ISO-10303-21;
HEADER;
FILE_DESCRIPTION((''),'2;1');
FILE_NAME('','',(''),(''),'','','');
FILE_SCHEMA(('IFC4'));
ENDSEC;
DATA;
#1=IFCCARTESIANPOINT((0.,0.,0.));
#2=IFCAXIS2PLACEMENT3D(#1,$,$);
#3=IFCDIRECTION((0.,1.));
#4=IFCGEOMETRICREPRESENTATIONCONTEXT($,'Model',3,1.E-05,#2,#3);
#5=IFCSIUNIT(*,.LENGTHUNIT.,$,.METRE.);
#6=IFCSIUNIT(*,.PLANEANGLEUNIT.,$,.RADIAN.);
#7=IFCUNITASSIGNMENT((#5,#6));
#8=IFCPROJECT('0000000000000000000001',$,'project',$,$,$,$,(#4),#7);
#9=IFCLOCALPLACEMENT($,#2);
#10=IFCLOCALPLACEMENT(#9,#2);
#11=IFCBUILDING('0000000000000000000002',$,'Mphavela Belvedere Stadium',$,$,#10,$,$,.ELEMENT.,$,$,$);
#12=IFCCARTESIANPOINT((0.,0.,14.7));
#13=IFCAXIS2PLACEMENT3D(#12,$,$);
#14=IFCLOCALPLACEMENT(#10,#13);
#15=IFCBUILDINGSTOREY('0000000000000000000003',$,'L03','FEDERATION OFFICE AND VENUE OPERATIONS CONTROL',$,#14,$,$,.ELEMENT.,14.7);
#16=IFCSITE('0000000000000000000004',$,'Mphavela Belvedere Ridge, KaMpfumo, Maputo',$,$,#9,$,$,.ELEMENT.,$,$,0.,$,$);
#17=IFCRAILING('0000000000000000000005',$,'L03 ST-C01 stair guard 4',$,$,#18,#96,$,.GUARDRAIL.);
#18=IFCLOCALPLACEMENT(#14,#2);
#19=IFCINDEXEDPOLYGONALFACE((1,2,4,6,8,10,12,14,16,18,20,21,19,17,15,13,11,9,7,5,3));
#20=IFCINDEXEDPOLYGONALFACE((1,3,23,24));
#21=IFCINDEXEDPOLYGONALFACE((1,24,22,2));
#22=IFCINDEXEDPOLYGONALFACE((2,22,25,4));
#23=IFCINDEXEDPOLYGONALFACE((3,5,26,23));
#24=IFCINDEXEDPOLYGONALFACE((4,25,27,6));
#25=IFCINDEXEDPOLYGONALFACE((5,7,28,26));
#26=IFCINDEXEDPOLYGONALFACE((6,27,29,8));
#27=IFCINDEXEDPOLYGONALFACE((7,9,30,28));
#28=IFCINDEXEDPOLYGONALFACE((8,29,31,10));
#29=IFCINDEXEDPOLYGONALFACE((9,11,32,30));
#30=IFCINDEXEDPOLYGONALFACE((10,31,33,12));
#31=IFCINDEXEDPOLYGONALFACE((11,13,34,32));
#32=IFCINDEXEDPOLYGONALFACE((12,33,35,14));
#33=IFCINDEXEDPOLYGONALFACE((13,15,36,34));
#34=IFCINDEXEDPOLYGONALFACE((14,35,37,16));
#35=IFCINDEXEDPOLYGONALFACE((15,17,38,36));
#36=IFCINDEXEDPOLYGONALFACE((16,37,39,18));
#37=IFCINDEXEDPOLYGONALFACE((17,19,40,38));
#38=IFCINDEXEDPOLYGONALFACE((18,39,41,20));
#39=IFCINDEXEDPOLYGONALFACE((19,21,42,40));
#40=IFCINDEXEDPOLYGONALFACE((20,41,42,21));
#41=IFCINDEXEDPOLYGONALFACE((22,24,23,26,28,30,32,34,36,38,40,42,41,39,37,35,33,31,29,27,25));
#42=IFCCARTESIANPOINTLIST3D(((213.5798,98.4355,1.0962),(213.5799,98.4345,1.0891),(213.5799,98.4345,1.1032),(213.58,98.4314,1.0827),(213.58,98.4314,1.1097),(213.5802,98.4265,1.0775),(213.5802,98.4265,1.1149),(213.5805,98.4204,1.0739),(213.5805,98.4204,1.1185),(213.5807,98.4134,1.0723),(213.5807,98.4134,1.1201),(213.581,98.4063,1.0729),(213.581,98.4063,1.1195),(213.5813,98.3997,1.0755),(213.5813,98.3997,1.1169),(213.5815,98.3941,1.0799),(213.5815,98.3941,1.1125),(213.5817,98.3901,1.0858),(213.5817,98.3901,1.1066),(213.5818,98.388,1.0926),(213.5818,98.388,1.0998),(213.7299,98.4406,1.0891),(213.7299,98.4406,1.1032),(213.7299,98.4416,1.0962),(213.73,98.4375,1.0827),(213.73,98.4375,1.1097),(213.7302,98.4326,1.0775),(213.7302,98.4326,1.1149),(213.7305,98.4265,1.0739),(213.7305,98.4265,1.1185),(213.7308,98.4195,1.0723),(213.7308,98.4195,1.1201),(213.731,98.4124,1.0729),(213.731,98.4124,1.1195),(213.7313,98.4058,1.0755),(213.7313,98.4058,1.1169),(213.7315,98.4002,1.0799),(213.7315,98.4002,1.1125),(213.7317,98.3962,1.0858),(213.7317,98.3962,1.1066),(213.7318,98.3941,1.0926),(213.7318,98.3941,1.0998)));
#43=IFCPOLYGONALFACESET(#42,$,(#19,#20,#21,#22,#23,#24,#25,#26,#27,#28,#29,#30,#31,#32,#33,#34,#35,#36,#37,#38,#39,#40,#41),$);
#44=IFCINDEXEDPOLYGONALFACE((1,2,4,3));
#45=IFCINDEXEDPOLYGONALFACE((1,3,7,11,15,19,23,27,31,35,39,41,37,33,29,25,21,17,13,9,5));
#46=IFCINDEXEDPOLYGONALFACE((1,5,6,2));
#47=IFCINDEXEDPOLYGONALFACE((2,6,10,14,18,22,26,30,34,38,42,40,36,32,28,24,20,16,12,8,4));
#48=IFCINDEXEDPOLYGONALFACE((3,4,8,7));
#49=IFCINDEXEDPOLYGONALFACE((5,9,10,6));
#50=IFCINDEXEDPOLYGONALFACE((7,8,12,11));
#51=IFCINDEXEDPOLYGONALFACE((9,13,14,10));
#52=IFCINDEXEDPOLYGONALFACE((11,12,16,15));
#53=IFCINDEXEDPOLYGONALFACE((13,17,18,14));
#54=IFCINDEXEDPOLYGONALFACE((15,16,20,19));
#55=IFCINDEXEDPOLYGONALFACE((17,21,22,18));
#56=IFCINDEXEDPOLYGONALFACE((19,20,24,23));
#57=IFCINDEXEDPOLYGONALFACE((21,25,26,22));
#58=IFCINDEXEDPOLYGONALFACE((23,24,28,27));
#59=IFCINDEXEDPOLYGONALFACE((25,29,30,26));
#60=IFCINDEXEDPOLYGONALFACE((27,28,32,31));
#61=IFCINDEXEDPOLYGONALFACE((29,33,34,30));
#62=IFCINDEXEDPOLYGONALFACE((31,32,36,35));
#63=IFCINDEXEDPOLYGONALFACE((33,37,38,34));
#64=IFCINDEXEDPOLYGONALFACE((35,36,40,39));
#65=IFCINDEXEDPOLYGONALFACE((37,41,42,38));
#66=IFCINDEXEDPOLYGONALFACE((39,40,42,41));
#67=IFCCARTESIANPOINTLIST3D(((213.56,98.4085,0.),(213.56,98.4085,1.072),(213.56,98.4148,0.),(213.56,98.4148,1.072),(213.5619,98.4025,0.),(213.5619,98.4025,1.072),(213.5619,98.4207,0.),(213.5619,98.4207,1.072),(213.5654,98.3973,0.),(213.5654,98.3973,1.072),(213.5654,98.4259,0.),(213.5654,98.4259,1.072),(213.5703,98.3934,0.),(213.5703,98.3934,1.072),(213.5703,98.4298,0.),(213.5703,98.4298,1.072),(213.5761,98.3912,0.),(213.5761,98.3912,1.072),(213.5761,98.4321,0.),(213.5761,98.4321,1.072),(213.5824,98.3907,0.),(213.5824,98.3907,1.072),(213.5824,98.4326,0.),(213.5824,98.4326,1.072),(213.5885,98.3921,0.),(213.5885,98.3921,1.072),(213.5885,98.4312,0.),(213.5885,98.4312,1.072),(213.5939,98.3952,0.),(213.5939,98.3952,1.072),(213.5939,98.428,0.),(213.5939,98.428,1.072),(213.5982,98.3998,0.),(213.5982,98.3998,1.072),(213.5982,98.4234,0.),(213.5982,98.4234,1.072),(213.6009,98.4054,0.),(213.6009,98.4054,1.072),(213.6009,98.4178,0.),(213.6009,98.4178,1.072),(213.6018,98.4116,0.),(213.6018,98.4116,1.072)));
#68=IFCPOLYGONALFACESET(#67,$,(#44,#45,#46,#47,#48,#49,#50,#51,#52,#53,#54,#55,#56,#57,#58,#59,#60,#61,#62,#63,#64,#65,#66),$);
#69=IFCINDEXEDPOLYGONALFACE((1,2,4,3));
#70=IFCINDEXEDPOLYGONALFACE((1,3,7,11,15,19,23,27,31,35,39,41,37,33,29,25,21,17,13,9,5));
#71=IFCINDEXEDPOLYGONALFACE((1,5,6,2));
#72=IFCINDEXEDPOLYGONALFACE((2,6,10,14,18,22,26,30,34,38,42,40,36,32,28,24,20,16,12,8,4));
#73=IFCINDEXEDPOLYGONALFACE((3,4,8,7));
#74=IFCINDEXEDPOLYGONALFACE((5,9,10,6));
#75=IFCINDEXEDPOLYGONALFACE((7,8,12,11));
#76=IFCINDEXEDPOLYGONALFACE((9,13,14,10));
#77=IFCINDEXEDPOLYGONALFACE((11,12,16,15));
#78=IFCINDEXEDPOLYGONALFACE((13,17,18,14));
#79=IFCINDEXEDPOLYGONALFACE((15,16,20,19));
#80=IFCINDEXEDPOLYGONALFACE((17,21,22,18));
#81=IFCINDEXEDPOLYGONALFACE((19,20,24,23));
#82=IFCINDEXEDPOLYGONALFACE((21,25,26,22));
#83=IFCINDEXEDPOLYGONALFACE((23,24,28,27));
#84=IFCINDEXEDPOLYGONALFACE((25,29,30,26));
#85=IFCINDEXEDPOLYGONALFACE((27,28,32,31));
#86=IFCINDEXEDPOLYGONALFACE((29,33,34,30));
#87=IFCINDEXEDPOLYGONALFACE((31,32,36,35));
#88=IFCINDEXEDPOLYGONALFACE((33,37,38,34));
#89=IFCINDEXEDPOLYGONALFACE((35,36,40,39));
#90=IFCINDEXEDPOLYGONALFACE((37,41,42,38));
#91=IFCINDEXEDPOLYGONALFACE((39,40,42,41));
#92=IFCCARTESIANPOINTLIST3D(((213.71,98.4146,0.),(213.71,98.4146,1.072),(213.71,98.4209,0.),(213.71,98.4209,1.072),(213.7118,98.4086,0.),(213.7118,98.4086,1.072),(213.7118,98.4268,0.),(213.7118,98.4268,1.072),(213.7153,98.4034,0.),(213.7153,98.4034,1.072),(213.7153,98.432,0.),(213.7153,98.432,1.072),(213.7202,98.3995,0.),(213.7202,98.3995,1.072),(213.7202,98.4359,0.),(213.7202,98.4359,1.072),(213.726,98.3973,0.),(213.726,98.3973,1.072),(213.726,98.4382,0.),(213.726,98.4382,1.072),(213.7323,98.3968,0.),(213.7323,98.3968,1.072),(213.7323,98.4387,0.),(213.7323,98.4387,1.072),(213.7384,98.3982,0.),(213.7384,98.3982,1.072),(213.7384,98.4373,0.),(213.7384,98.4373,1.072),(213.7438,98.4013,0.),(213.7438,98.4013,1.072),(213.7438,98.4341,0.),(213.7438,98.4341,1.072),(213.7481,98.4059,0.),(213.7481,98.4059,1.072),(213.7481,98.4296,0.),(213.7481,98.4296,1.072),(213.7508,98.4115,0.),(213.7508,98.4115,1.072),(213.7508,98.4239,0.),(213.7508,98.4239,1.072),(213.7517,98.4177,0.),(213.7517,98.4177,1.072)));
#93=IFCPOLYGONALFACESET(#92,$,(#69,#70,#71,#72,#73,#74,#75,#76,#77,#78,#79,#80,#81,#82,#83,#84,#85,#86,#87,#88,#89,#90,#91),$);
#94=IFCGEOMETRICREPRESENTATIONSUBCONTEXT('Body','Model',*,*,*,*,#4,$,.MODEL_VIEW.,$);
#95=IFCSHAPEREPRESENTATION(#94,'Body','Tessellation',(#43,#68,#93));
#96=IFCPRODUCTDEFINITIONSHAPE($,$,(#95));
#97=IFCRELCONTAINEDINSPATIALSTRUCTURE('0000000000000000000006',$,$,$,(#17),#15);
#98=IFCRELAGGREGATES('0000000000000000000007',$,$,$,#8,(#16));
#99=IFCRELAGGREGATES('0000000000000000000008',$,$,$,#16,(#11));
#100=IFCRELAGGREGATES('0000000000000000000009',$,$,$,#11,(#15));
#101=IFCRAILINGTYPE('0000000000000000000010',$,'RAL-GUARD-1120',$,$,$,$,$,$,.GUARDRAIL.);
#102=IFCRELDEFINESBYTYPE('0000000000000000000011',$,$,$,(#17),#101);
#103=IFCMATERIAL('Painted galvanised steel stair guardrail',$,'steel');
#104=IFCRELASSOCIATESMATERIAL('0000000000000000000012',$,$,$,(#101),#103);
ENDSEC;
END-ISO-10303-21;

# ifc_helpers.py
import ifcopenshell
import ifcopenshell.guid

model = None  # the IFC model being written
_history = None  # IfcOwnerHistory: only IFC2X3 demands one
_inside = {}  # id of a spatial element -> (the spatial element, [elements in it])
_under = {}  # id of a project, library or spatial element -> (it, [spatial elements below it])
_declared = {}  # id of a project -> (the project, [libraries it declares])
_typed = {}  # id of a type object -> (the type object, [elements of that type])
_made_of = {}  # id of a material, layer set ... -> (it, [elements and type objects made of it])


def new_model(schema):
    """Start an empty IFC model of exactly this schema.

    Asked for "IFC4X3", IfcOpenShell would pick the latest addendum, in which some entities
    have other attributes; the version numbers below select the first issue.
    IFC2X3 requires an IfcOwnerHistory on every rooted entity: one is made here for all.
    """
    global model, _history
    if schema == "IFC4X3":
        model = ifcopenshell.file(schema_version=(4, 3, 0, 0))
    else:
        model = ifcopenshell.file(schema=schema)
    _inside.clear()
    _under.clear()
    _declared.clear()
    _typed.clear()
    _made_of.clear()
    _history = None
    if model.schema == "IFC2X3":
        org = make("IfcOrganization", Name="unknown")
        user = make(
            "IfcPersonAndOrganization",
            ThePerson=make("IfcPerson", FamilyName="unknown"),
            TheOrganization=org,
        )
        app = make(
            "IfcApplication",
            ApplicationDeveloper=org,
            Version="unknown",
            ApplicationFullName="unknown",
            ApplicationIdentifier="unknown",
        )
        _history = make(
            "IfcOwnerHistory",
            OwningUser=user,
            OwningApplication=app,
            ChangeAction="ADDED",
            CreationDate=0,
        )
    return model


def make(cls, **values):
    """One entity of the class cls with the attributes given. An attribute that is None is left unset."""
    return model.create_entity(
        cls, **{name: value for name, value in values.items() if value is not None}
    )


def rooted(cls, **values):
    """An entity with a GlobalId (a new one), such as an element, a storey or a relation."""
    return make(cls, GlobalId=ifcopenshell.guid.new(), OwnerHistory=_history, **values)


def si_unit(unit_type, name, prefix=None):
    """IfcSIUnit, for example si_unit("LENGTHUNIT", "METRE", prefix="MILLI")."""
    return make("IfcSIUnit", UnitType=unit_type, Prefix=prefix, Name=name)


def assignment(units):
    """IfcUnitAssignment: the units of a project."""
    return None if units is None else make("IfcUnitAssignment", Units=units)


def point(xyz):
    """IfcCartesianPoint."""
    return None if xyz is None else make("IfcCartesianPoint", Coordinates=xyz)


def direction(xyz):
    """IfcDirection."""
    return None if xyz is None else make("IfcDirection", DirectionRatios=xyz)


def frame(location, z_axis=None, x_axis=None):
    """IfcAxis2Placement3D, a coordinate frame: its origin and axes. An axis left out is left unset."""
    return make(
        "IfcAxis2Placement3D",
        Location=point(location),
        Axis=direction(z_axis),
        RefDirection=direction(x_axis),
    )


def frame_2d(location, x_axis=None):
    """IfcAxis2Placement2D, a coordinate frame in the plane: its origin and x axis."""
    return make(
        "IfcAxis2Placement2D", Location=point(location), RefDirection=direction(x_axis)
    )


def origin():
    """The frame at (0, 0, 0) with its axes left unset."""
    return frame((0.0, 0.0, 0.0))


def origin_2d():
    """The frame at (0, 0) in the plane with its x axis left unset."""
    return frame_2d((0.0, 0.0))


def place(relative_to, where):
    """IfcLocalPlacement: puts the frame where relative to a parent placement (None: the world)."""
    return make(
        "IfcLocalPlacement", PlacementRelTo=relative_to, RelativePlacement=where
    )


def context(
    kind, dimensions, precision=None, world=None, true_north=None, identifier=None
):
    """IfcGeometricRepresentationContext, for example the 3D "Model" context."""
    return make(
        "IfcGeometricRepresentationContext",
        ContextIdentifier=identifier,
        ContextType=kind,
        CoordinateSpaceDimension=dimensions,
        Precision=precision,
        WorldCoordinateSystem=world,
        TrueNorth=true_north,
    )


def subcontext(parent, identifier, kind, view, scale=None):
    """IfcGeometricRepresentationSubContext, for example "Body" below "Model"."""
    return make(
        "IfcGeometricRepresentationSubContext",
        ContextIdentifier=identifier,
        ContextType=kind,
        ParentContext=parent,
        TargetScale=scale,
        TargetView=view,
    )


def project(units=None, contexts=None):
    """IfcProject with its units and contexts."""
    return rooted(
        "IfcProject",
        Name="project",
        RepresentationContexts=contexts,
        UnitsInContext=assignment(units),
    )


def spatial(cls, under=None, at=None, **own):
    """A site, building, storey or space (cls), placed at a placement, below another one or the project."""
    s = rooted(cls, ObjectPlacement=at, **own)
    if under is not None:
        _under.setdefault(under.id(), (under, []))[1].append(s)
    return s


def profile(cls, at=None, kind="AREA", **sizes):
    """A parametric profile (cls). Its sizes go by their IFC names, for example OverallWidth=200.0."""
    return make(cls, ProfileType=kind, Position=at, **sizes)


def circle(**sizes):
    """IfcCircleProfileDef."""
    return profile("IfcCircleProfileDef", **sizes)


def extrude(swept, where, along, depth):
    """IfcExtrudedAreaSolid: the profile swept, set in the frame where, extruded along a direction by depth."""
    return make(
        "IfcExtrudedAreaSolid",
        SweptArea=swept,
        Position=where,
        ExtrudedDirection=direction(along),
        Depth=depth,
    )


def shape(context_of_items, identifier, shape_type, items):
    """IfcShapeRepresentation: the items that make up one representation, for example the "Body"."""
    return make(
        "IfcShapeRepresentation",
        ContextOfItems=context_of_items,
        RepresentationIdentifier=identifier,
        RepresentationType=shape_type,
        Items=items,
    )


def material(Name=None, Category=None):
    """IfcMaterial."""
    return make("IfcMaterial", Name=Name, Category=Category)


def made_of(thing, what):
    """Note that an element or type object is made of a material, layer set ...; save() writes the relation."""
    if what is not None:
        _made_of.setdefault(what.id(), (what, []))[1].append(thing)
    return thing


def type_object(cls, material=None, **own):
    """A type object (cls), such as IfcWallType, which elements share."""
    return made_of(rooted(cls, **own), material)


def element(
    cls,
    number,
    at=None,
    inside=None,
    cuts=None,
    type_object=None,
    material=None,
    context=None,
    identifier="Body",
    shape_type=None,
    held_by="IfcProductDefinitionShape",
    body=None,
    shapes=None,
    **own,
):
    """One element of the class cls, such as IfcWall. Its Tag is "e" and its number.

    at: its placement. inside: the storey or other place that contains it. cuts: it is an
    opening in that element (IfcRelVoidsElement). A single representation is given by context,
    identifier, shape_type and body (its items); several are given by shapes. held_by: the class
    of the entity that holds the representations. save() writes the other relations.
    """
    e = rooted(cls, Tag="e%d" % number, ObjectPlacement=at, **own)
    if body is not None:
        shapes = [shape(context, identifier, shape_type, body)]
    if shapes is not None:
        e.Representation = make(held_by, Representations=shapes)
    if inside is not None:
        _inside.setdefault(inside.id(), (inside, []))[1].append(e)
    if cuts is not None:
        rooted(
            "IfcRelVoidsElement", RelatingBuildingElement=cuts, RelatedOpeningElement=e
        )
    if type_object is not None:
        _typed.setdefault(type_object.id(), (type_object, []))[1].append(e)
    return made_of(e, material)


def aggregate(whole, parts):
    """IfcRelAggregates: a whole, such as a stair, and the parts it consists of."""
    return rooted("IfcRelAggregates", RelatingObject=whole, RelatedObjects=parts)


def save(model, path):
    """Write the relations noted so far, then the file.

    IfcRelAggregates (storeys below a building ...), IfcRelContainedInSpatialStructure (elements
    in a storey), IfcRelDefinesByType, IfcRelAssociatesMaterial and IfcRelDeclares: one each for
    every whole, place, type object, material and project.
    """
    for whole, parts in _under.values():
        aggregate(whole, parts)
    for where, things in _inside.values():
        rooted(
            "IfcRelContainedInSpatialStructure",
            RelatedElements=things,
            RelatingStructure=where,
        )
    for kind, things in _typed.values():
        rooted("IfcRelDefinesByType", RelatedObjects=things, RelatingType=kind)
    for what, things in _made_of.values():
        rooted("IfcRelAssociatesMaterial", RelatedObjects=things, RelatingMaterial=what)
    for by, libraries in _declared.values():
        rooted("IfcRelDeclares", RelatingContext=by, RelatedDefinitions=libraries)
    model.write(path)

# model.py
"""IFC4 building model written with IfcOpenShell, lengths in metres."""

from ifc_helpers import new_model, si_unit, direction, frame, origin, origin_2d, place, context, subcontext, project, spatial, circle, extrude, material, type_object, element, save


model = new_model("IFC4")

# Units and contexts
model_context = context("Model", 3, precision=1e-05, world=origin(), true_north=direction((0.0, 1.0)))
body_context = subcontext(model_context, "Body", "Model", "MODEL_VIEW")
ifc_project = project(units=[si_unit("LENGTHUNIT", "METRE"), si_unit("PLANEANGLEUNIT", "RADIAN")], contexts=[model_context])

# Site, building, storey
site_placement = place(None, origin())
site = spatial("IfcSite", under=ifc_project, at=site_placement, Name="Mphavela Belvedere Ridge, KaMpfumo, Maputo", CompositionType="ELEMENT", RefElevation=0.0)
building_placement = place(site_placement, origin())
building = spatial("IfcBuilding", under=site, at=building_placement, Name="Mphavela Belvedere Stadium", CompositionType="ELEMENT")
storey_placement = place(building_placement, frame((0.0, 0.0, 14.7)))
storey = spatial("IfcBuildingStorey", under=building, at=storey_placement, Name="L03", Description="FEDERATION OFFICE AND VENUE OPERATIONS CONTROL", CompositionType="ELEMENT", Elevation=14.7)

# Railing
ifc_material_1 = material(Name="Painted galvanised steel stair guardrail", Category="steel")
railing_type_1 = type_object("IfcRailingType", Name="RAL-GUARD-1120", PredefinedType="GUARDRAIL", material=ifc_material_1)
railing_1_placement = place(storey_placement, frame((213.5808, 98.4116, 0.0)))
element("IfcRailing", 1, at=railing_1_placement, inside=storey, type_object=railing_type_1, Name="L03 ST-C01 stair guard 4", PredefinedType="GUARDRAIL", context=body_context, shape_type="SweptSolid", body=[
    extrude(circle(Radius=0.0239, at=origin_2d()), frame((0.0, 0.0, 1.0962), z_axis=(0.999172, 0.040683, 0.0), x_axis=(-0.040683, 0.999172, 0.0)), (0.0, 0.0, 1.0), 0.1501),
    extrude(circle(Radius=0.021, at=origin_2d()), origin(), (0.0, 0.0, 1.0), 1.072),
    extrude(circle(Radius=0.021, at=origin_2d()), frame((0.1499, 0.0061, 0.0)), (0.0, 0.0, 1.0), 1.072),
])

save(model, "model.ifc")
